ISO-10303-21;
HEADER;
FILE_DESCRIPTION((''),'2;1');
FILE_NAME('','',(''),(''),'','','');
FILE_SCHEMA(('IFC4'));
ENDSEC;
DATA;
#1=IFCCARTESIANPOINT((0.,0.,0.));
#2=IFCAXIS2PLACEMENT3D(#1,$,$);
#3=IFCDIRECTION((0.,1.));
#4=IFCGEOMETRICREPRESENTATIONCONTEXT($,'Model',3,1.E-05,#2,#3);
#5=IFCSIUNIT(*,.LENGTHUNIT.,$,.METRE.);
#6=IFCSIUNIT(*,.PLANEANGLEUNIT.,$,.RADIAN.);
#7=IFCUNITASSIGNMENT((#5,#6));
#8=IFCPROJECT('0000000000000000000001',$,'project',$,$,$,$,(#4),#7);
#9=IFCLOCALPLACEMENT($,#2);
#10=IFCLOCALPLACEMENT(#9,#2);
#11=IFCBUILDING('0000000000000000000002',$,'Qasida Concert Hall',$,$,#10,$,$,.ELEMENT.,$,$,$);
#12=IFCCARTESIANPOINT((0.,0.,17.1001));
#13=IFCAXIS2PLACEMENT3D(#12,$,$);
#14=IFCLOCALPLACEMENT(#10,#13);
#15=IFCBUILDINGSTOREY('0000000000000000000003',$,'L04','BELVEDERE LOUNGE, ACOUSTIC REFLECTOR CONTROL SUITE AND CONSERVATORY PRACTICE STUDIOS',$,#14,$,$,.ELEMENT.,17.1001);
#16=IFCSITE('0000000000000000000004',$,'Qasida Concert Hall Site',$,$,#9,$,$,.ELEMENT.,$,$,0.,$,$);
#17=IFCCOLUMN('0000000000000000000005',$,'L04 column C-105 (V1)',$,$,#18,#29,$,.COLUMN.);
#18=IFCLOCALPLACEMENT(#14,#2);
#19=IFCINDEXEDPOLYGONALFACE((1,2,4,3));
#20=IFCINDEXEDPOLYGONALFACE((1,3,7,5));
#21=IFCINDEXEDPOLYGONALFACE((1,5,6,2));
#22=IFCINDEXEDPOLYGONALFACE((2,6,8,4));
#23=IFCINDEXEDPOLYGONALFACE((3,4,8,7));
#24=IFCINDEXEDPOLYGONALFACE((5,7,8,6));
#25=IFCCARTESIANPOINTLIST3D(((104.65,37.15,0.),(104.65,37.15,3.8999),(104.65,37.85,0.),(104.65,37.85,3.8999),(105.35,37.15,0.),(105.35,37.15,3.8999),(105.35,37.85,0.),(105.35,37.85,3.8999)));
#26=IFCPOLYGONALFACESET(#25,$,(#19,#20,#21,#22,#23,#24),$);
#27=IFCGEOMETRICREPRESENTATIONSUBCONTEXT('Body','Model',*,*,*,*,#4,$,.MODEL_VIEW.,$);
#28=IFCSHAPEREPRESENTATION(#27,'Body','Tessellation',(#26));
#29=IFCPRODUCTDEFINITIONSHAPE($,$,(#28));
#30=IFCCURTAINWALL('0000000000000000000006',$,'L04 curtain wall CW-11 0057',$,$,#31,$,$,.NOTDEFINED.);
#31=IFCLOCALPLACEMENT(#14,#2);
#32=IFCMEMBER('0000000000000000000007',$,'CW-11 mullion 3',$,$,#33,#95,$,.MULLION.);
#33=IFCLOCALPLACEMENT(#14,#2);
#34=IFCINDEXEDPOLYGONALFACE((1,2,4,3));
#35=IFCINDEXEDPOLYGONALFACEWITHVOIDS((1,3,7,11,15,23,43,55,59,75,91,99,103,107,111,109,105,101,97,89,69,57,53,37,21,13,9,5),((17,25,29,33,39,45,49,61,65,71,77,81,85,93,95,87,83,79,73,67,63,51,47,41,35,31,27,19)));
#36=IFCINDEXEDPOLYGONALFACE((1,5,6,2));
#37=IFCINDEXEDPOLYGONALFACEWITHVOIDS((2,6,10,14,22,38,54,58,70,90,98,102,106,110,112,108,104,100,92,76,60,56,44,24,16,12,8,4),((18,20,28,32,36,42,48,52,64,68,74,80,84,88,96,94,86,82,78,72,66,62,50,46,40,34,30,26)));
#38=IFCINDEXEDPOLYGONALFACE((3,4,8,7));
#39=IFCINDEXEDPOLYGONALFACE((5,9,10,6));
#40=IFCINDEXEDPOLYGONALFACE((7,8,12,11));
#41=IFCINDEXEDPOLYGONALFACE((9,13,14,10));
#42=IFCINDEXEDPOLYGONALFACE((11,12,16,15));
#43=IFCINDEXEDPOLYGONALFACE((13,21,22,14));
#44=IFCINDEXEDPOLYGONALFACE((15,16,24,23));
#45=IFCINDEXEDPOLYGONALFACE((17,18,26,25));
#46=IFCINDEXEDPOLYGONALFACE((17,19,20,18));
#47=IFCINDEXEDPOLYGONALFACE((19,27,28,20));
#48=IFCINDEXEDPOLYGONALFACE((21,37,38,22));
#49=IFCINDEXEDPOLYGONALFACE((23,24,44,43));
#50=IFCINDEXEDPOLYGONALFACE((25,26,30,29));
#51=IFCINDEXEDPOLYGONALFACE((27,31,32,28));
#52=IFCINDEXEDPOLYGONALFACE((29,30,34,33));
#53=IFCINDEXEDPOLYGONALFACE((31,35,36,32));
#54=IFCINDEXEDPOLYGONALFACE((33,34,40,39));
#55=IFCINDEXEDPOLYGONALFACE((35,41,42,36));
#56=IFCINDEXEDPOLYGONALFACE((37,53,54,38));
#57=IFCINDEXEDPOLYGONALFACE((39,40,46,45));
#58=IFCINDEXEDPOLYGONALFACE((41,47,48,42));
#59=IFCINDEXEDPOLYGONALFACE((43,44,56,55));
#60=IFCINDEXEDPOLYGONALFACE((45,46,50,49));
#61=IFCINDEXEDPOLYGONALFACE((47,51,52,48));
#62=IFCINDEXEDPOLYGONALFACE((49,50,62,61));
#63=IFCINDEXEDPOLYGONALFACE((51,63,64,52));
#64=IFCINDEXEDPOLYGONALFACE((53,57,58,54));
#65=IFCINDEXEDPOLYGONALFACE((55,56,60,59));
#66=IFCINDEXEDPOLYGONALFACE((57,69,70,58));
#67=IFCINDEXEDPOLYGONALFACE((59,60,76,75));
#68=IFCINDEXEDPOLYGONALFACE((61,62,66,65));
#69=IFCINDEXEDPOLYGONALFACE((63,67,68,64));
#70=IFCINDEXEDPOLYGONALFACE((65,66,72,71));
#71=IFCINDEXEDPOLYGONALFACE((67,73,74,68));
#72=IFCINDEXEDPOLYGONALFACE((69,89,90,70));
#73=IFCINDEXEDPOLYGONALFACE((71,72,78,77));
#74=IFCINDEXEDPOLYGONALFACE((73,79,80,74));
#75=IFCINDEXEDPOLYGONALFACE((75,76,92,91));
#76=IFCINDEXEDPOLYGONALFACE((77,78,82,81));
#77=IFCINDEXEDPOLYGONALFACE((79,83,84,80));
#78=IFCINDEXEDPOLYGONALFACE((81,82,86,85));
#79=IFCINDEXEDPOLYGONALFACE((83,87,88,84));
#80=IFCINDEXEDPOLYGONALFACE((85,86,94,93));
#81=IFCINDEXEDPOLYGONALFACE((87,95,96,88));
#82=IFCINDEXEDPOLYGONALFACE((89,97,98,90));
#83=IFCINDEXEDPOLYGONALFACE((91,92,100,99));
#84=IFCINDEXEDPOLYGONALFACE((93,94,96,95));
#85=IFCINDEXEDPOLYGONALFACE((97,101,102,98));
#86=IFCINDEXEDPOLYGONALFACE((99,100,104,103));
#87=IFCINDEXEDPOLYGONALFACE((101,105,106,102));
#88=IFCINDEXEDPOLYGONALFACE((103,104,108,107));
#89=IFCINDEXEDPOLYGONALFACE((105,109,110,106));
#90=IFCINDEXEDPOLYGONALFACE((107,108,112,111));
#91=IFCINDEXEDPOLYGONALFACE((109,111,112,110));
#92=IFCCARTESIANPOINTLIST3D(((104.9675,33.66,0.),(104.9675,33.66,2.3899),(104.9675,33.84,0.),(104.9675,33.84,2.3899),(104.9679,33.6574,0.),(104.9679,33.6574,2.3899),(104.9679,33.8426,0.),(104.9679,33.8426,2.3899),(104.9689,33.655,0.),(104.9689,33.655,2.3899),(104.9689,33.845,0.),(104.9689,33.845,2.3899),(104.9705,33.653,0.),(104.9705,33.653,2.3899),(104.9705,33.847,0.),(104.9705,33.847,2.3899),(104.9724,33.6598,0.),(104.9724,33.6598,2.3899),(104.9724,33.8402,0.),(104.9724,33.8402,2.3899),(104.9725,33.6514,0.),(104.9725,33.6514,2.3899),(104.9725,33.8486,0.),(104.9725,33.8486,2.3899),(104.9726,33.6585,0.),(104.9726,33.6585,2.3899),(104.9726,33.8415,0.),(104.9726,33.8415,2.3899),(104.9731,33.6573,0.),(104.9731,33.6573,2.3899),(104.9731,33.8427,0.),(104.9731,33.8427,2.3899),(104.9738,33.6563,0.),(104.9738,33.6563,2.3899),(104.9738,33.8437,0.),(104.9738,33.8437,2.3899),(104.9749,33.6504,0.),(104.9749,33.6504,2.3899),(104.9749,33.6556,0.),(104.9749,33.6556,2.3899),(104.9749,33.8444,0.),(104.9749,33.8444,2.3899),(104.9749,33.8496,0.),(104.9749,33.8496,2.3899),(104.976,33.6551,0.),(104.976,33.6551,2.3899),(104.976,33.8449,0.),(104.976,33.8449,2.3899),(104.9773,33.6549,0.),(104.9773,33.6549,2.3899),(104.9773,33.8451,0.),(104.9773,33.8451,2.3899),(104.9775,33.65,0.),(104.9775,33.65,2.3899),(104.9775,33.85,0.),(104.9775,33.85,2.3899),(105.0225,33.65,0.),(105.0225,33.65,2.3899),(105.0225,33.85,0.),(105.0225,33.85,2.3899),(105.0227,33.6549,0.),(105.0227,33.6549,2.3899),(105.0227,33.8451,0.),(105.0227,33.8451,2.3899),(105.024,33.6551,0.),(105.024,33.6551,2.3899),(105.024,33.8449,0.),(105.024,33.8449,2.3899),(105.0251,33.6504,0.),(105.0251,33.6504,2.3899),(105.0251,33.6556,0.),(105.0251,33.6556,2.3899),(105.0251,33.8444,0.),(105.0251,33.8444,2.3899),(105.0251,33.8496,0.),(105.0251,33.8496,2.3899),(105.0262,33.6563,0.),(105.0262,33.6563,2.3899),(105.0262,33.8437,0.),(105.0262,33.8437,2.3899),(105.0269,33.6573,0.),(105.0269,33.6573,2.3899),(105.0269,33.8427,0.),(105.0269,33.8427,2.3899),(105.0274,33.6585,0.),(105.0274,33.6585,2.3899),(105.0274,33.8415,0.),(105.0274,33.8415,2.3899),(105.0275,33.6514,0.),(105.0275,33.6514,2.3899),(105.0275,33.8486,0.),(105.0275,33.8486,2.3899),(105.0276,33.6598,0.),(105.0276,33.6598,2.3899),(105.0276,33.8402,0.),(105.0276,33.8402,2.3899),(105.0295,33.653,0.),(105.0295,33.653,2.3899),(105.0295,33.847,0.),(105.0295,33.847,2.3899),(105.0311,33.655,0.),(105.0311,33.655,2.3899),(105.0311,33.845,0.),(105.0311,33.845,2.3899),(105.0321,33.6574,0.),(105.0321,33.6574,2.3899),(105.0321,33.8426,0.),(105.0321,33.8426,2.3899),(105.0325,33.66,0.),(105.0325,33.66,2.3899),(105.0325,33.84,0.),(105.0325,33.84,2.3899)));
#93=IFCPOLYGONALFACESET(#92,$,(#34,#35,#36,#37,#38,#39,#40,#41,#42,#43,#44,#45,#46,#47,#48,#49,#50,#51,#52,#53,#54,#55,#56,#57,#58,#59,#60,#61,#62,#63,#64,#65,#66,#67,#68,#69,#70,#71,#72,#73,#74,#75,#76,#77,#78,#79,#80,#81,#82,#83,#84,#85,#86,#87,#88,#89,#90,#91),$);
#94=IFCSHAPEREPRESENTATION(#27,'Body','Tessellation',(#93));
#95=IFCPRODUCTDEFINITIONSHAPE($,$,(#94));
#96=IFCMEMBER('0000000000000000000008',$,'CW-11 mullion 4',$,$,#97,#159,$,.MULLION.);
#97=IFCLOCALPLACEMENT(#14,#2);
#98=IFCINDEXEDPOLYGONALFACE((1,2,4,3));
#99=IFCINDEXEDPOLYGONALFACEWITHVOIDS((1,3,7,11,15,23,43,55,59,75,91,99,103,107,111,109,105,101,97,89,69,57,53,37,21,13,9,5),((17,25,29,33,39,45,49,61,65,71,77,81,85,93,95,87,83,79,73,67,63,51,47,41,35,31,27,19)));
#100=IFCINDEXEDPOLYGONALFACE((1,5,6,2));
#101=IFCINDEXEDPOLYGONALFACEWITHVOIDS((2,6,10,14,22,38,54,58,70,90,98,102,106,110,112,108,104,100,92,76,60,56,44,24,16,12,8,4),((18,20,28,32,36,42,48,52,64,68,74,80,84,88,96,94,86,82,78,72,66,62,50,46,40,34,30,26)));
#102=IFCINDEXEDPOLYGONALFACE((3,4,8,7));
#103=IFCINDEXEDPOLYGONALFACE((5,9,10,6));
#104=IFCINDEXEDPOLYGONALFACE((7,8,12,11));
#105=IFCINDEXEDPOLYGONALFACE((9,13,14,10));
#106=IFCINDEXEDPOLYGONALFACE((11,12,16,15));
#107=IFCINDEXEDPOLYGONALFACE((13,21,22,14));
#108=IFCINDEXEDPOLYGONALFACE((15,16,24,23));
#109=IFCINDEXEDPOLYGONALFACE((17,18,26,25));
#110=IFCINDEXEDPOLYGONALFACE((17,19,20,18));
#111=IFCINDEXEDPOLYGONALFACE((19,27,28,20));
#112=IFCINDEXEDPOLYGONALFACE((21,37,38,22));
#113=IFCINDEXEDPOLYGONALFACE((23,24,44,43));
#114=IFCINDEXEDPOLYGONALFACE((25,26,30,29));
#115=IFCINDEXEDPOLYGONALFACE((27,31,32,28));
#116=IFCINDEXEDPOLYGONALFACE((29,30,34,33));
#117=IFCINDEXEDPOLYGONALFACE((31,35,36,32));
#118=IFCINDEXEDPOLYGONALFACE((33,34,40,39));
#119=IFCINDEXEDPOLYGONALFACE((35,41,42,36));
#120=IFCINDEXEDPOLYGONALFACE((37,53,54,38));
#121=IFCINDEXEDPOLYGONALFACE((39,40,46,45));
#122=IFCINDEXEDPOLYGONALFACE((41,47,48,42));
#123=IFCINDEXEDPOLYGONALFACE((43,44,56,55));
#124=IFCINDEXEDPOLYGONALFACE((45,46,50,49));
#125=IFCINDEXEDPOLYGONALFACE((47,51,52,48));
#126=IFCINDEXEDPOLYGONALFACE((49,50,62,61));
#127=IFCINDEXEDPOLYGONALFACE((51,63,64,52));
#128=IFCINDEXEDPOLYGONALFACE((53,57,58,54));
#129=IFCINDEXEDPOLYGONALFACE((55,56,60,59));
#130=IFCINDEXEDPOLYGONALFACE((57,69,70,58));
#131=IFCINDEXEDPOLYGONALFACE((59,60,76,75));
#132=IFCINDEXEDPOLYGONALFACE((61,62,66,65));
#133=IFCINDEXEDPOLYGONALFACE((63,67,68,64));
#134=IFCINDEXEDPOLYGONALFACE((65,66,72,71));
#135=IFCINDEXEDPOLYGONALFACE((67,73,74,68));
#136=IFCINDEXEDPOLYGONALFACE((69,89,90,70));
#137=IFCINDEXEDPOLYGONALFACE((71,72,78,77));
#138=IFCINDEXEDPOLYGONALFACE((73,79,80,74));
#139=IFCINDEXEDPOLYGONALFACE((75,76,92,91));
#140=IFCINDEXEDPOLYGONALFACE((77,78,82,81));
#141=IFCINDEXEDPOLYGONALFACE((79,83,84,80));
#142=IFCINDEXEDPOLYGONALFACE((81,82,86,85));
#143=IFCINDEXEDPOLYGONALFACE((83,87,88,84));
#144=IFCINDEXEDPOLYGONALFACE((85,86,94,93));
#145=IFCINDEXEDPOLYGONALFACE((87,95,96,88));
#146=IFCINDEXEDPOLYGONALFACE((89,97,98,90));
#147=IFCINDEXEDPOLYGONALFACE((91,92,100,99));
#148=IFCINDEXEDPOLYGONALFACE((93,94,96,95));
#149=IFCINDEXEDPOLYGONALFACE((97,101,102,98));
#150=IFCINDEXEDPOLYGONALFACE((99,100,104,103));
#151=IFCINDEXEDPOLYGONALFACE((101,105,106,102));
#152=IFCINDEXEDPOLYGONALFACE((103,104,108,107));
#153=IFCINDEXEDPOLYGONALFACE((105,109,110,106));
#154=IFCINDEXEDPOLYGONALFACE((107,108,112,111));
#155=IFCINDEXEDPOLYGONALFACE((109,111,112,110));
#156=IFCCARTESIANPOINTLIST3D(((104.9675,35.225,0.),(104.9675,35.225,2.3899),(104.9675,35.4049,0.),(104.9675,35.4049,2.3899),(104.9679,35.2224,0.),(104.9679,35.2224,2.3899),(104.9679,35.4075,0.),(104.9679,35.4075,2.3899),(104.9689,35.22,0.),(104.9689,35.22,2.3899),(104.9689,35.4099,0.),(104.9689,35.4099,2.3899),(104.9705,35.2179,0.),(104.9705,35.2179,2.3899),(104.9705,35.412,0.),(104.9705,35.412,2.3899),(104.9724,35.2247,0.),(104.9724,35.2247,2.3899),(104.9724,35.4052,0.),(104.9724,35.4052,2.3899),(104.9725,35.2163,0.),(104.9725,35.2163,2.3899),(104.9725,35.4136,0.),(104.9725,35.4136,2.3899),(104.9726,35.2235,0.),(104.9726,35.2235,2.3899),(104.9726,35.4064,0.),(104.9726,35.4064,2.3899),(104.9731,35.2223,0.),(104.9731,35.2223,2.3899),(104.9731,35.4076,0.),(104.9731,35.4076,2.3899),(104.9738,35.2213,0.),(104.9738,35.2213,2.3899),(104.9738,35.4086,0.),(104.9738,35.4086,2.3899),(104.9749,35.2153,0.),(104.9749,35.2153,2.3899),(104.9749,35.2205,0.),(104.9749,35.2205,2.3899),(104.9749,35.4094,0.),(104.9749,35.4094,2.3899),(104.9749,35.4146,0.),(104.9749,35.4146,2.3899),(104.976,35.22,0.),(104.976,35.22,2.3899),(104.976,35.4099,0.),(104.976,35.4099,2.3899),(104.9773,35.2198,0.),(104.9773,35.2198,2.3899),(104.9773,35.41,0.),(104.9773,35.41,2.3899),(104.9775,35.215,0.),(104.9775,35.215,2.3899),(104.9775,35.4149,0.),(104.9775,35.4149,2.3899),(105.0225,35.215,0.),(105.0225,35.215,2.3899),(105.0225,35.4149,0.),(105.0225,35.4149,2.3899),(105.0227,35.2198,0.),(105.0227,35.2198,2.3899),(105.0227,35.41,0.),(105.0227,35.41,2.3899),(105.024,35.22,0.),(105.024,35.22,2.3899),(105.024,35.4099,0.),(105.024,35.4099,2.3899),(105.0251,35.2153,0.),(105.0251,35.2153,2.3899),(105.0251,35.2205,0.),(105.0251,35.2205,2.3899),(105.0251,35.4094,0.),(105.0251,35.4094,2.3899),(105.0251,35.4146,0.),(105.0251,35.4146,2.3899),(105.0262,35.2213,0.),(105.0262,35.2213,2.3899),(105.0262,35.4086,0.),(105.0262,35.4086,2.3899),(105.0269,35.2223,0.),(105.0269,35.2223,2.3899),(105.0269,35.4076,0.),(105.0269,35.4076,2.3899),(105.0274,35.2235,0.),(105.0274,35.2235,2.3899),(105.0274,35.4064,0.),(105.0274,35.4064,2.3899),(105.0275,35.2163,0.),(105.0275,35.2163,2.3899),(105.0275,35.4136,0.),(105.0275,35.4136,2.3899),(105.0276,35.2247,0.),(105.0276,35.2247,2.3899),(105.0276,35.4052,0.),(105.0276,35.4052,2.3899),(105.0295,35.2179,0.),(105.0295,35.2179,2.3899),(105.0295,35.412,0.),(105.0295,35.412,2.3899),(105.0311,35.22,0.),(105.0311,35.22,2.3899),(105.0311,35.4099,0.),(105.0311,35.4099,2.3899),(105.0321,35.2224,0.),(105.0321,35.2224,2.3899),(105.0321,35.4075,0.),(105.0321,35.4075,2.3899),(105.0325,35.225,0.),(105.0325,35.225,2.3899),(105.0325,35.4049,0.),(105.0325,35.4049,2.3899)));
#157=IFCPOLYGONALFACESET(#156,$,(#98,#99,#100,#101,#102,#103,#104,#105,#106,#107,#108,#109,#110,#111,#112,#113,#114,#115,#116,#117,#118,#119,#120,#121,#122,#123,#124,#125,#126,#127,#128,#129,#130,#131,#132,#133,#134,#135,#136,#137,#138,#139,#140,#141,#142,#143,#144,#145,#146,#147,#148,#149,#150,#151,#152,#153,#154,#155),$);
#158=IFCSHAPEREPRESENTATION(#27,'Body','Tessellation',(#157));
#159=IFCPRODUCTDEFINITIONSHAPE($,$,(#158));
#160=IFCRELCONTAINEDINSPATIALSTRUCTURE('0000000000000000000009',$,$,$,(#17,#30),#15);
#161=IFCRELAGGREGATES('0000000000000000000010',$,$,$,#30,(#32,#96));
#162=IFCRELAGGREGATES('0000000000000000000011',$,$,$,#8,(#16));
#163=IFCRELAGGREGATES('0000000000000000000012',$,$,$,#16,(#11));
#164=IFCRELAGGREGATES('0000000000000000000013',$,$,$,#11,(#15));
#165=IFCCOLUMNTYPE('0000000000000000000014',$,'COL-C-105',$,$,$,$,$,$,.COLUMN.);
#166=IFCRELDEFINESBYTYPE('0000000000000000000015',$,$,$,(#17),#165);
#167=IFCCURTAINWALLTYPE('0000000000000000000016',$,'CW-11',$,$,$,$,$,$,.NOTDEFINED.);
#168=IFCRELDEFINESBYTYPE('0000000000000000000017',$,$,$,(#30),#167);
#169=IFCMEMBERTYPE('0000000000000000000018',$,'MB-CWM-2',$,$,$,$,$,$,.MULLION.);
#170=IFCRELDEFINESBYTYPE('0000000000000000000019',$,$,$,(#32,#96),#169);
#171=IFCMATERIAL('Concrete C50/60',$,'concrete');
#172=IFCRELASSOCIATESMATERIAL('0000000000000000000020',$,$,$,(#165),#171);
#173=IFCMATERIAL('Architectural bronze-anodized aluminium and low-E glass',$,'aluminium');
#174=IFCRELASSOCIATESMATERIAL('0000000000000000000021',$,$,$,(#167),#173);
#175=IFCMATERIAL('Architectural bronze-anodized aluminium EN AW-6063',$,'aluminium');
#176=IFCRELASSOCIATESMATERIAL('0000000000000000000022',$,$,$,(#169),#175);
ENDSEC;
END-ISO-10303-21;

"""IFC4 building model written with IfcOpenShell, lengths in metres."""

from ifc_helpers import new_model, si_unit, direction, frame, origin, origin_2d, place, context, subcontext, project, spatial, rectangle, hollow_rectangle, extrude, material, material_profile, profile_set, type_object, element, aggregate, save


model = new_model("IFC4")

# Units and contexts
model_context = context("Model", 3, precision=1e-05, world=origin(), true_north=direction((0.0, 1.0)))
body_context = subcontext(model_context, "Body", "Model", "MODEL_VIEW")
ifc_project = project(units=[si_unit("LENGTHUNIT", "METRE"), si_unit("PLANEANGLEUNIT", "RADIAN")], contexts=[model_context])

# Site, building, storey
site_placement = place(None, origin())
site = spatial("IfcSite", under=ifc_project, at=site_placement, Name="Qasida Concert Hall Site", CompositionType="ELEMENT", RefElevation=0.0)
building_placement = place(site_placement, origin())
building = spatial("IfcBuilding", under=site, at=building_placement, Name="Qasida Concert Hall", CompositionType="ELEMENT")
storey_placement = place(building_placement, frame((0.0, 0.0, 17.1001)))
storey = spatial("IfcBuildingStorey", under=building, at=storey_placement, Name="L04", Description="BELVEDERE LOUNGE, ACOUSTIC REFLECTOR CONTROL SUITE AND CONSERVATORY PRACTICE STUDIOS", CompositionType="ELEMENT", Elevation=17.1001)

# Column
ifc_material_1 = material(Name="Concrete C50/60", Category="concrete")
ifc_material_profile_1 = material_profile(ifc_material_1, rectangle(XDim=0.7, YDim=0.7, at=origin_2d()), Name="RC 700x700")
ifc_profile_set_1 = profile_set([ifc_material_profile_1], Name="Concrete C50/60")
column_type = type_object("IfcColumnType", Name="COL-C-105", PredefinedType="COLUMN", material=ifc_profile_set_1)
column_placement = place(storey_placement, frame((105.0, 37.5, 0.0), z_axis=(0.0, 0.0, 1.0), x_axis=(1.0, 0.0, 0.0)))
element("IfcColumn", 1, at=column_placement, inside=storey, type_object=column_type, Name="L04 column C-105 (V1)", PredefinedType="COLUMN", context=body_context, shape_type="SweptSolid", body=[
    extrude(rectangle(XDim=0.7, YDim=0.7, at=origin_2d()), origin(), (0.0, 0.0, 1.0), 3.8999),
])

# Curtain wall, members
ifc_material_2 = material(Name="Architectural bronze-anodized aluminium and low-E glass", Category="aluminium")
curtain_wall_type = type_object("IfcCurtainWallType", Name="CW-11", PredefinedType="NOTDEFINED", material=ifc_material_2)
curtain_wall_placement = place(storey_placement, origin())
curtain_wall = element("IfcCurtainWall", 2, at=curtain_wall_placement, inside=storey, type_object=curtain_wall_type, Name="L04 curtain wall CW-11 0057", PredefinedType="NOTDEFINED")
ifc_material_3 = material(Name="Architectural bronze-anodized aluminium EN AW-6063", Category="aluminium")
ifc_material_profile_2 = material_profile(ifc_material_3, hollow_rectangle(XDim=0.0649, YDim=0.2, WallThickness=0.0049, InnerFilletRadius=0.0049, OuterFilletRadius=0.01, at=origin_2d()), Name="CWM 200x65x5")
ifc_profile_set_2 = profile_set([ifc_material_profile_2], Name="Architectural bronze-anodized aluminium EN AW-6063")
member_type_1 = type_object("IfcMemberType", Name="MB-CWM-2", PredefinedType="MULLION", material=ifc_profile_set_2)
member_1_placement = place(storey_placement, frame((105.0, 33.75, 0.0), z_axis=(0.0, 0.0, 1.0), x_axis=(-1.0, 0.0, 0.0)))
member_1 = element("IfcMember", 3, at=member_1_placement, type_object=member_type_1, Name="CW-11 mullion 3", PredefinedType="MULLION", context=body_context, shape_type="SweptSolid", body=[
    extrude(hollow_rectangle(XDim=0.0649, YDim=0.2, WallThickness=0.0049, InnerFilletRadius=0.0049, OuterFilletRadius=0.01, at=origin_2d()), origin(), (0.0, 0.0, 1.0), 2.3899),
])
member_2_placement = place(storey_placement, frame((105.0, 35.3149, 0.0), z_axis=(0.0, 0.0, 1.0), x_axis=(-1.0, 0.0, 0.0)))
member_2 = element("IfcMember", 4, at=member_2_placement, type_object=member_type_1, Name="CW-11 mullion 4", PredefinedType="MULLION", context=body_context, shape_type="SweptSolid", body=[
    extrude(hollow_rectangle(XDim=0.0649, YDim=0.2, WallThickness=0.0049, InnerFilletRadius=0.0049, OuterFilletRadius=0.01, at=origin_2d()), origin(), (0.0, 0.0, 1.0), 2.3899),
])
aggregate(curtain_wall, [member_1, member_2])

save(model, "model.ifc")
